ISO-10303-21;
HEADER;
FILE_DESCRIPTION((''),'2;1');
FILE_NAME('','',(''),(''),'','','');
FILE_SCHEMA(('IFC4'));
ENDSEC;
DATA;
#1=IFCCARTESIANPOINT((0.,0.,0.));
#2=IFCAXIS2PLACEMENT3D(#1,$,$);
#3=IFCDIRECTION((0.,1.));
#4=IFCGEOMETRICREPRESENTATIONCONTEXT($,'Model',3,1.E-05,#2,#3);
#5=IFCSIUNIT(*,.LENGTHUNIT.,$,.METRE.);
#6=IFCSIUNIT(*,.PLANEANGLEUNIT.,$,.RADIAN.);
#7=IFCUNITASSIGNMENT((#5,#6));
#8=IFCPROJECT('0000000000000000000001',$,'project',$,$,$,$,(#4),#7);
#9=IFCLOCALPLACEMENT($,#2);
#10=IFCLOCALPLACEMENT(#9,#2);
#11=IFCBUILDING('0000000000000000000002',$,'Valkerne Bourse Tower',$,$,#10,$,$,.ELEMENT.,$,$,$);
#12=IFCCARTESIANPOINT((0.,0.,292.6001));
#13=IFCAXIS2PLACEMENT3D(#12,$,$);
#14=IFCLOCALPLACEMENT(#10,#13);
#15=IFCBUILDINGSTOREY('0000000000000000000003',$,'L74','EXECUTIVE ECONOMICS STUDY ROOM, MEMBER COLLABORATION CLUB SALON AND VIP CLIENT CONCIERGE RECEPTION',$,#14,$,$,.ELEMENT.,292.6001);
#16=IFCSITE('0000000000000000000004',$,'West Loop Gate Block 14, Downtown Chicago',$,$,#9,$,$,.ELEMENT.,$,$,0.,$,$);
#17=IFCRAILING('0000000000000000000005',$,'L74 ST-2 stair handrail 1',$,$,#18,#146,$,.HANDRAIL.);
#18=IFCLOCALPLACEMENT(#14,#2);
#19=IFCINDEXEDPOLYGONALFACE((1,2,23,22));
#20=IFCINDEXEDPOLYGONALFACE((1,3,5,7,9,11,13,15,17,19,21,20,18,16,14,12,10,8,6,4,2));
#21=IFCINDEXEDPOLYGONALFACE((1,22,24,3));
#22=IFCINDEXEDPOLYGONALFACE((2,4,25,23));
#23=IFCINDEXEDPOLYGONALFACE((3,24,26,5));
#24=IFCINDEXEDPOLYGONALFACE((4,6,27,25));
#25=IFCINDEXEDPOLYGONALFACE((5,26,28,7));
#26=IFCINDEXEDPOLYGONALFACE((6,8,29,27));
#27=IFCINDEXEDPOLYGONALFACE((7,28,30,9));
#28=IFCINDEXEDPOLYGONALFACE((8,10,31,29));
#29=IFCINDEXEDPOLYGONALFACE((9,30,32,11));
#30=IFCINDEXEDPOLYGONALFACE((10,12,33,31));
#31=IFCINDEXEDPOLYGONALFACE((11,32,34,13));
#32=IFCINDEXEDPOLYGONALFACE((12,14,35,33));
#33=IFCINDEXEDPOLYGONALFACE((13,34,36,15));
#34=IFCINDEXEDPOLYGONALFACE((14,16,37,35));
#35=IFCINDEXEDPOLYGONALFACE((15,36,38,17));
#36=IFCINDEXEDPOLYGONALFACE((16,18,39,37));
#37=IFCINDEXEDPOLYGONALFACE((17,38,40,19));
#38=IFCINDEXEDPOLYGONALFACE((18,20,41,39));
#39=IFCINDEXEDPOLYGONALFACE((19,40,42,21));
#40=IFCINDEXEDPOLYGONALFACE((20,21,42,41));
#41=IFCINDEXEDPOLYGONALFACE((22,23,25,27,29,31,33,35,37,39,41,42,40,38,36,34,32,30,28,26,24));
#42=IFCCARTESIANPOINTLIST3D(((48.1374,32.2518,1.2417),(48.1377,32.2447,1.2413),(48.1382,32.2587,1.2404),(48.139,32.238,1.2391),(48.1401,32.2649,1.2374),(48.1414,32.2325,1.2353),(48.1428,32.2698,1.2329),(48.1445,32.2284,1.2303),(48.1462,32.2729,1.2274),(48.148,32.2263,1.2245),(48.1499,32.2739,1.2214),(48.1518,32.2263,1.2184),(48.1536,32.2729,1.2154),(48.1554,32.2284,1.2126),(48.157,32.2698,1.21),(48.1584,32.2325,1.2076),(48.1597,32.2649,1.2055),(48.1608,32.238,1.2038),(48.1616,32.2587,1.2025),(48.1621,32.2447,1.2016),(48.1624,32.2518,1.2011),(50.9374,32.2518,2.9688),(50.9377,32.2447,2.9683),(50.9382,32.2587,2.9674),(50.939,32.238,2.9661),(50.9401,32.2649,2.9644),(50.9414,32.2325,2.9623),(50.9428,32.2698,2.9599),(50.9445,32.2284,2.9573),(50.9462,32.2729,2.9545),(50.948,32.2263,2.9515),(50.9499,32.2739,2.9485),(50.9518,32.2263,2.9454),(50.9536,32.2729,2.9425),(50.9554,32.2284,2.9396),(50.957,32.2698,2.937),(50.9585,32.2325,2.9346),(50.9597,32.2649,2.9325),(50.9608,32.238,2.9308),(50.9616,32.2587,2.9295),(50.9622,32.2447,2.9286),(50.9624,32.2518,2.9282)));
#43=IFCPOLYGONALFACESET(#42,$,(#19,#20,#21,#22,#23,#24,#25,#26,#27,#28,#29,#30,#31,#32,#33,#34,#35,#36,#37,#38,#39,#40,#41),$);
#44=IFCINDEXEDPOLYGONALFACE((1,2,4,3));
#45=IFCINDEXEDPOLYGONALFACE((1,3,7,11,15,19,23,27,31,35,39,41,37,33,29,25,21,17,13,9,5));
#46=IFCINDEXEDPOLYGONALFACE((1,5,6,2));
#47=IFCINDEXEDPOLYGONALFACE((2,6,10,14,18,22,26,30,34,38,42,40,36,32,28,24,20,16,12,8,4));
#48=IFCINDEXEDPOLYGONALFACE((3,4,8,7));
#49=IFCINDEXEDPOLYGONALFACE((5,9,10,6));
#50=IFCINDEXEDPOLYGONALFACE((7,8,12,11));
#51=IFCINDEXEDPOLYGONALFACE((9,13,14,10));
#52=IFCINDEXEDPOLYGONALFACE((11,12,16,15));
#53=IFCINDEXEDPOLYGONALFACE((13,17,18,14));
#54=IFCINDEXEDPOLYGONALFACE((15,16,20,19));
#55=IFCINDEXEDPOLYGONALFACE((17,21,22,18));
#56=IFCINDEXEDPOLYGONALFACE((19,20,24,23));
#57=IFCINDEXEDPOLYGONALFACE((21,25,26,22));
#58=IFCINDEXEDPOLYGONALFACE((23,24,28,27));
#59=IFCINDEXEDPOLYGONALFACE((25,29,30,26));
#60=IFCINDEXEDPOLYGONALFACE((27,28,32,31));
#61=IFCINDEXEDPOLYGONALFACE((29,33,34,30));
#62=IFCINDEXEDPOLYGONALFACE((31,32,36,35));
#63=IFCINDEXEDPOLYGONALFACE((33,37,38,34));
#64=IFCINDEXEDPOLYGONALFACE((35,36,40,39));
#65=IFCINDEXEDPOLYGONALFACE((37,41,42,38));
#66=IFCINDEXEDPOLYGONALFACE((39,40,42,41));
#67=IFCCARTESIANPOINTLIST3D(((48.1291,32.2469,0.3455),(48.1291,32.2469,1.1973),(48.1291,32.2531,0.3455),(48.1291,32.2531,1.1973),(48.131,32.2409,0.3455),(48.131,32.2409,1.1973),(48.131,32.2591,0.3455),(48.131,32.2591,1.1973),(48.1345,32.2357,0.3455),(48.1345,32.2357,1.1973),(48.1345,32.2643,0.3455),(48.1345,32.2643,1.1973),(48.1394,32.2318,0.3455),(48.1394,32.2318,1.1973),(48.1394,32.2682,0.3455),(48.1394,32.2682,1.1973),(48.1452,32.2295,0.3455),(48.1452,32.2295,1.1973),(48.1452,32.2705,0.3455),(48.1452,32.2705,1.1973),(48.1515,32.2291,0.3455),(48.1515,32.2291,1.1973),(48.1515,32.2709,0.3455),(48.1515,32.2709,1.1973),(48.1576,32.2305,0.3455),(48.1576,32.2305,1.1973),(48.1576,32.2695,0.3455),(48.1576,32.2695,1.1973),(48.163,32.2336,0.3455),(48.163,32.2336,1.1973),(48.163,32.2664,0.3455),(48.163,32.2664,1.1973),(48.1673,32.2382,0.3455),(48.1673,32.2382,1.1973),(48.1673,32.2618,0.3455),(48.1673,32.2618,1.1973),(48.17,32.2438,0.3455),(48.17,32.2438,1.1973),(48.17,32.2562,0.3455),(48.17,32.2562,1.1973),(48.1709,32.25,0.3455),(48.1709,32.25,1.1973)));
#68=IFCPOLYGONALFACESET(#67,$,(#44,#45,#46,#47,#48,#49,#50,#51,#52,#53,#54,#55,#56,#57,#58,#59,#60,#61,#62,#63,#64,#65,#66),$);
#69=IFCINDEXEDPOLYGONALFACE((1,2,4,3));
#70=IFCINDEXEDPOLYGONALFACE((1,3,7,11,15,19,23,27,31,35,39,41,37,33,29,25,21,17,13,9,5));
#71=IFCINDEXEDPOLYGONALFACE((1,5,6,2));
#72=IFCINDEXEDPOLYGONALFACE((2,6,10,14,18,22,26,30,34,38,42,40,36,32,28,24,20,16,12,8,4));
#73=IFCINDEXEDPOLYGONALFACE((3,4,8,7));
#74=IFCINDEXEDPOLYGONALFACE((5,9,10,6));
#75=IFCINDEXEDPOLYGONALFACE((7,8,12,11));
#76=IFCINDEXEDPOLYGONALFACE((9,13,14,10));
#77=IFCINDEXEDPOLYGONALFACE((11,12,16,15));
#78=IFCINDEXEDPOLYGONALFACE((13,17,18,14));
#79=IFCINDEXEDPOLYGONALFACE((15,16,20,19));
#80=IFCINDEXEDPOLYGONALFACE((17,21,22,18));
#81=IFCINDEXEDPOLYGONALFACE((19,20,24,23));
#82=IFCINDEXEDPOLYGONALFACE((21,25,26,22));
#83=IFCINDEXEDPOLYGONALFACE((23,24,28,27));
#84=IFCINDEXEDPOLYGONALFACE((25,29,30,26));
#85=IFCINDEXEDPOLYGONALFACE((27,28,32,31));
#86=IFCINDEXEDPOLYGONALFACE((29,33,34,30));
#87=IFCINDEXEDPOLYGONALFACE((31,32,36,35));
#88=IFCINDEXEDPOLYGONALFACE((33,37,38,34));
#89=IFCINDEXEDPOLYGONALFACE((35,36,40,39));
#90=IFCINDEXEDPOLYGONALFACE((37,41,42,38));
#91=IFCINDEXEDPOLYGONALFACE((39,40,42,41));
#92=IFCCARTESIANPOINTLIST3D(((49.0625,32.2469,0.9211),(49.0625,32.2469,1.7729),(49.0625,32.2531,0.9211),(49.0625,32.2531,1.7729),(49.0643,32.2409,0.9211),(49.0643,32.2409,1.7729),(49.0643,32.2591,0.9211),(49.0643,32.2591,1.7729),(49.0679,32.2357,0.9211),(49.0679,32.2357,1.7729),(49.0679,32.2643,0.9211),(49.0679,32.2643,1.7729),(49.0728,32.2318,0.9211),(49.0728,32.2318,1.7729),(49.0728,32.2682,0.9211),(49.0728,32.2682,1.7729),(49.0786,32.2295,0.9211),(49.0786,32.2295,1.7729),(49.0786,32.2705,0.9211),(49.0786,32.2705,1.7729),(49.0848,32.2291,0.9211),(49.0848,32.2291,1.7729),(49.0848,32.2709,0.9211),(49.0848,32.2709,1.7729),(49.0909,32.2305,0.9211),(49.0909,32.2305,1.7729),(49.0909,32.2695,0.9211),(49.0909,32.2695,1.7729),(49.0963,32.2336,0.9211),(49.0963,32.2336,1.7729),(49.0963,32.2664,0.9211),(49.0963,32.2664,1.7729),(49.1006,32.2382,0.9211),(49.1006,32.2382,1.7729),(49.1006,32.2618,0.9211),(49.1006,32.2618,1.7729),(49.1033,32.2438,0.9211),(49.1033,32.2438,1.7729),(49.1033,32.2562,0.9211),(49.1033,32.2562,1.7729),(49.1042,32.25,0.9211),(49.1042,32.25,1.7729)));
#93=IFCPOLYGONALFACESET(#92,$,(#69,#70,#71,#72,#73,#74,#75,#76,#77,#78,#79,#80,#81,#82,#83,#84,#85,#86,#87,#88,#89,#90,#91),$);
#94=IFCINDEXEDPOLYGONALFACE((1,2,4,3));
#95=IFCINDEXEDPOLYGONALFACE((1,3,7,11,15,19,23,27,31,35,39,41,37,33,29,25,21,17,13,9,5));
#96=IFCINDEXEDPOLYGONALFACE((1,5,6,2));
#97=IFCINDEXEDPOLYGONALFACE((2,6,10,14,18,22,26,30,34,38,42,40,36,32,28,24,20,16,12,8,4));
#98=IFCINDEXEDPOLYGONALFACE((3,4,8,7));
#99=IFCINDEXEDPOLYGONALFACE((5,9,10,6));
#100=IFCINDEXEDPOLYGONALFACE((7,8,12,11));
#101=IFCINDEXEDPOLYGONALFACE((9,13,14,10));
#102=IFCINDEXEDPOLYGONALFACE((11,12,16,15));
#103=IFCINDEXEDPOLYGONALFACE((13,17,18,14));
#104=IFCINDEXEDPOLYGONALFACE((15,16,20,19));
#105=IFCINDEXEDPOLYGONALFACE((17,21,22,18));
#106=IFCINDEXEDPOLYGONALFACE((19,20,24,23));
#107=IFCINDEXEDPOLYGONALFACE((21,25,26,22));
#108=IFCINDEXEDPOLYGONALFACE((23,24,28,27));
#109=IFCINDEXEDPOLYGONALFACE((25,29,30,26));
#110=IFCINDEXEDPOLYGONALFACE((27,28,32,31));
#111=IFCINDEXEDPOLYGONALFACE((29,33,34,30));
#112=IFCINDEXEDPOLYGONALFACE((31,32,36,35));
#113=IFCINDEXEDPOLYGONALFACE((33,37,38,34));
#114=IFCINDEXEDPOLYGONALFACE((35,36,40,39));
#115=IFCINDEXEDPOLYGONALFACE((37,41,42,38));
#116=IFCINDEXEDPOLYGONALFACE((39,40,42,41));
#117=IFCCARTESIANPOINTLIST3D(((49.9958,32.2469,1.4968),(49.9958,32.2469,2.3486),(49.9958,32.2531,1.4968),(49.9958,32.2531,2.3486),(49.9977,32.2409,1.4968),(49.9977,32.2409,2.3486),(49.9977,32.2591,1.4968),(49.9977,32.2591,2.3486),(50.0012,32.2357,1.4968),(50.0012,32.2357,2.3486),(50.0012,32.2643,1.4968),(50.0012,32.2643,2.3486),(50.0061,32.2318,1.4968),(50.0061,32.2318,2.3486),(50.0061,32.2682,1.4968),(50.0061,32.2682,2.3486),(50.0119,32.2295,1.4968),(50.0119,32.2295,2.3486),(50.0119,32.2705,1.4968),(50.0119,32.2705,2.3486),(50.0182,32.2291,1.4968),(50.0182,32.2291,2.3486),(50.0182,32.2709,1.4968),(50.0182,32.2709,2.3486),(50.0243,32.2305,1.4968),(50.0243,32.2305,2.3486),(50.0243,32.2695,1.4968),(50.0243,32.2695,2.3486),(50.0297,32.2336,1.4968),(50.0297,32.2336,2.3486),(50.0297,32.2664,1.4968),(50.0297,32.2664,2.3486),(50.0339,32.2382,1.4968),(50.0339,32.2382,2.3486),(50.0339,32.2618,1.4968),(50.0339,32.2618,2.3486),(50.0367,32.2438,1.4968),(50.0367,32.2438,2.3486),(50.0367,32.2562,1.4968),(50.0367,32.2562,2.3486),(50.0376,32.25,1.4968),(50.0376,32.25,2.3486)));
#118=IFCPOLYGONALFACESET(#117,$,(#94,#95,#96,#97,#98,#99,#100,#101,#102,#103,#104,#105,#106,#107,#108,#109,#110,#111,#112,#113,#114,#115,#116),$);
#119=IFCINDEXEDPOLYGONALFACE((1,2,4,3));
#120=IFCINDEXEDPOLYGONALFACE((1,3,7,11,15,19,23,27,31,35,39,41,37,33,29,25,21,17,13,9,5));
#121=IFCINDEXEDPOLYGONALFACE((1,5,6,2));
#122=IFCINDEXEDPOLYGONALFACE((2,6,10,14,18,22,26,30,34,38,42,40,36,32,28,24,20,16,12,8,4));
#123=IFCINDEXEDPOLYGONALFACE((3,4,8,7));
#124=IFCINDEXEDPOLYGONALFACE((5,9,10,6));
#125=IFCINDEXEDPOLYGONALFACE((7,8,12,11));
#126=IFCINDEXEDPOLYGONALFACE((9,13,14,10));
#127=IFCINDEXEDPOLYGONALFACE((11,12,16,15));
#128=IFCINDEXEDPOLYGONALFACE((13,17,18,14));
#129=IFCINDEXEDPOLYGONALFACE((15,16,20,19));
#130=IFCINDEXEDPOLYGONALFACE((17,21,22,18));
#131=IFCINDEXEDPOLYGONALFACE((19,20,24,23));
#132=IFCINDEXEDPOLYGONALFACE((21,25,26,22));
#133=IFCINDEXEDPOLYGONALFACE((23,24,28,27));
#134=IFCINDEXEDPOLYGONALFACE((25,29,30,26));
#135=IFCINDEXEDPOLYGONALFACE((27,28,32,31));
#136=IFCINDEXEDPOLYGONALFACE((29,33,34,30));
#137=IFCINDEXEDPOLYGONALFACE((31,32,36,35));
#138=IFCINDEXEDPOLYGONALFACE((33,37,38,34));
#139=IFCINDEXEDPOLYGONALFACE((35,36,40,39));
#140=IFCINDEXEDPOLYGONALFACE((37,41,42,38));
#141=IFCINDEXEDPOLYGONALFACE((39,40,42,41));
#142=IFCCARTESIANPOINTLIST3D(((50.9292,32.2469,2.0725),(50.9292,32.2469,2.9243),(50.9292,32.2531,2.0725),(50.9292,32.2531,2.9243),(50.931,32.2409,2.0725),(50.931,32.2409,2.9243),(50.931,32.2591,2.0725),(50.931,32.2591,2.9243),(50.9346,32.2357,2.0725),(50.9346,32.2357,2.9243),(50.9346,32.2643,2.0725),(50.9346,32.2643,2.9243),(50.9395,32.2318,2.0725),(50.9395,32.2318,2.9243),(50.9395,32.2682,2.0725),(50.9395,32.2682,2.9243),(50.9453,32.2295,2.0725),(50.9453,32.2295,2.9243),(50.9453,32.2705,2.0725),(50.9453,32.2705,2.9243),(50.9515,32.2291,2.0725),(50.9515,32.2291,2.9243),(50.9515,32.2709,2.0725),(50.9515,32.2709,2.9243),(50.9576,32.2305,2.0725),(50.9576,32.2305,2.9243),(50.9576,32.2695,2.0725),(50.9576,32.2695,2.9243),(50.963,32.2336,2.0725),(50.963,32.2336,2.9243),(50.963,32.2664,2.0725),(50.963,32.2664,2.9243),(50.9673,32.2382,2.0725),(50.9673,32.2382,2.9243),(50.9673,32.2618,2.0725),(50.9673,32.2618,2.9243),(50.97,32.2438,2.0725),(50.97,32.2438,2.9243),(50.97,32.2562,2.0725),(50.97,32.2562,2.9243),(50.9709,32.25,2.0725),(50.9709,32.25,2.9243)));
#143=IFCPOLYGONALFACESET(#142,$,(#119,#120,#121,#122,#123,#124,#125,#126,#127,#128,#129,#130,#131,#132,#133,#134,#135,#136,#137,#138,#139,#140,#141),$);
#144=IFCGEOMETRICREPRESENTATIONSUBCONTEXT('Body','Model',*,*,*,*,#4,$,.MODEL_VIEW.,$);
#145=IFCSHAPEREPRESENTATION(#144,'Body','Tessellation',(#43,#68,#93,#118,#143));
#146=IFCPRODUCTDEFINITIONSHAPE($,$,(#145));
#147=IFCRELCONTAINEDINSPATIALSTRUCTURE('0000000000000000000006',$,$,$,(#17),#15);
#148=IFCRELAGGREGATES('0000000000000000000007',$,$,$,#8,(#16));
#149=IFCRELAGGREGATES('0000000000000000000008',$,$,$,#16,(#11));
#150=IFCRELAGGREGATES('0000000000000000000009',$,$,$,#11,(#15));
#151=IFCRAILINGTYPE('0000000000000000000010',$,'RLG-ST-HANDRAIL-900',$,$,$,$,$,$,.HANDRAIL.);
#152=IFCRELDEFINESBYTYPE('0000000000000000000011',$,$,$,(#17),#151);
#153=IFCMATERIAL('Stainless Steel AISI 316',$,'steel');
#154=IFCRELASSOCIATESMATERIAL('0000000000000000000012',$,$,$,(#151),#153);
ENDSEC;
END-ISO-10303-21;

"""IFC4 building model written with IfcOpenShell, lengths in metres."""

from ifc_helpers import new_model, si_unit, direction, frame, origin, origin_2d, place, context, subcontext, project, spatial, circle, extrude, material, type_object, element, save


model = new_model("IFC4")

# Units and contexts
model_context = context("Model", 3, precision=1e-05, world=origin(), true_north=direction((0.0, 1.0)))
body_context = subcontext(model_context, "Body", "Model", "MODEL_VIEW")
ifc_project = project(units=[si_unit("LENGTHUNIT", "METRE"), si_unit("PLANEANGLEUNIT", "RADIAN")], contexts=[model_context])

# Site, building, storey
site_placement = place(None, origin())
site = spatial("IfcSite", under=ifc_project, at=site_placement, Name="West Loop Gate Block 14, Downtown Chicago", CompositionType="ELEMENT", RefElevation=0.0)
building_placement = place(site_placement, origin())
building = spatial("IfcBuilding", under=site, at=building_placement, Name="Valkerne Bourse Tower", CompositionType="ELEMENT")
storey_placement = place(building_placement, frame((0.0, 0.0, 292.6001)))
storey = spatial("IfcBuildingStorey", under=building, at=storey_placement, Name="L74", Description="EXECUTIVE ECONOMICS STUDY ROOM, MEMBER COLLABORATION CLUB SALON AND VIP CLIENT CONCIERGE RECEPTION", CompositionType="ELEMENT", Elevation=292.6001)

# Shared definitions
ifc_material_1 = material(Name="Stainless Steel AISI 316", Category="steel")

# Railing
railing_type_1 = type_object("IfcRailingType", Name="RLG-ST-HANDRAIL-900", PredefinedType="HANDRAIL", material=ifc_material_1)
railing_1_placement = place(storey_placement, frame((48.1499, 32.25, 0.3455)))
element("IfcRailing", 1, at=railing_1_placement, inside=storey, type_object=railing_type_1, Name="L74 ST-2 stair handrail 1", PredefinedType="HANDRAIL", context=body_context, shape_type="SweptSolid", body=[
    extrude(circle(Radius=0.0239, at=origin_2d()), frame((0.0, 0.0, 0.876), z_axis=(0.851123, 0.0, 0.524967), x_axis=(0.0, 1.0, 0.0)), (0.0, 0.0, 1.0), 3.2898),
    extrude(circle(Radius=0.021, at=origin_2d()), origin(), (0.0, 0.0, 1.0), 0.8518),
    extrude(circle(Radius=0.021, at=origin_2d()), frame((0.9333, 0.0, 0.5757)), (0.0, 0.0, 1.0), 0.8518),
    extrude(circle(Radius=0.021, at=origin_2d()), frame((1.8667, 0.0, 1.1514)), (0.0, 0.0, 1.0), 0.8518),
    extrude(circle(Radius=0.021, at=origin_2d()), frame((2.8, 0.0, 1.7271)), (0.0, 0.0, 1.0), 0.8518),
])

save(model, "model.ifc")
